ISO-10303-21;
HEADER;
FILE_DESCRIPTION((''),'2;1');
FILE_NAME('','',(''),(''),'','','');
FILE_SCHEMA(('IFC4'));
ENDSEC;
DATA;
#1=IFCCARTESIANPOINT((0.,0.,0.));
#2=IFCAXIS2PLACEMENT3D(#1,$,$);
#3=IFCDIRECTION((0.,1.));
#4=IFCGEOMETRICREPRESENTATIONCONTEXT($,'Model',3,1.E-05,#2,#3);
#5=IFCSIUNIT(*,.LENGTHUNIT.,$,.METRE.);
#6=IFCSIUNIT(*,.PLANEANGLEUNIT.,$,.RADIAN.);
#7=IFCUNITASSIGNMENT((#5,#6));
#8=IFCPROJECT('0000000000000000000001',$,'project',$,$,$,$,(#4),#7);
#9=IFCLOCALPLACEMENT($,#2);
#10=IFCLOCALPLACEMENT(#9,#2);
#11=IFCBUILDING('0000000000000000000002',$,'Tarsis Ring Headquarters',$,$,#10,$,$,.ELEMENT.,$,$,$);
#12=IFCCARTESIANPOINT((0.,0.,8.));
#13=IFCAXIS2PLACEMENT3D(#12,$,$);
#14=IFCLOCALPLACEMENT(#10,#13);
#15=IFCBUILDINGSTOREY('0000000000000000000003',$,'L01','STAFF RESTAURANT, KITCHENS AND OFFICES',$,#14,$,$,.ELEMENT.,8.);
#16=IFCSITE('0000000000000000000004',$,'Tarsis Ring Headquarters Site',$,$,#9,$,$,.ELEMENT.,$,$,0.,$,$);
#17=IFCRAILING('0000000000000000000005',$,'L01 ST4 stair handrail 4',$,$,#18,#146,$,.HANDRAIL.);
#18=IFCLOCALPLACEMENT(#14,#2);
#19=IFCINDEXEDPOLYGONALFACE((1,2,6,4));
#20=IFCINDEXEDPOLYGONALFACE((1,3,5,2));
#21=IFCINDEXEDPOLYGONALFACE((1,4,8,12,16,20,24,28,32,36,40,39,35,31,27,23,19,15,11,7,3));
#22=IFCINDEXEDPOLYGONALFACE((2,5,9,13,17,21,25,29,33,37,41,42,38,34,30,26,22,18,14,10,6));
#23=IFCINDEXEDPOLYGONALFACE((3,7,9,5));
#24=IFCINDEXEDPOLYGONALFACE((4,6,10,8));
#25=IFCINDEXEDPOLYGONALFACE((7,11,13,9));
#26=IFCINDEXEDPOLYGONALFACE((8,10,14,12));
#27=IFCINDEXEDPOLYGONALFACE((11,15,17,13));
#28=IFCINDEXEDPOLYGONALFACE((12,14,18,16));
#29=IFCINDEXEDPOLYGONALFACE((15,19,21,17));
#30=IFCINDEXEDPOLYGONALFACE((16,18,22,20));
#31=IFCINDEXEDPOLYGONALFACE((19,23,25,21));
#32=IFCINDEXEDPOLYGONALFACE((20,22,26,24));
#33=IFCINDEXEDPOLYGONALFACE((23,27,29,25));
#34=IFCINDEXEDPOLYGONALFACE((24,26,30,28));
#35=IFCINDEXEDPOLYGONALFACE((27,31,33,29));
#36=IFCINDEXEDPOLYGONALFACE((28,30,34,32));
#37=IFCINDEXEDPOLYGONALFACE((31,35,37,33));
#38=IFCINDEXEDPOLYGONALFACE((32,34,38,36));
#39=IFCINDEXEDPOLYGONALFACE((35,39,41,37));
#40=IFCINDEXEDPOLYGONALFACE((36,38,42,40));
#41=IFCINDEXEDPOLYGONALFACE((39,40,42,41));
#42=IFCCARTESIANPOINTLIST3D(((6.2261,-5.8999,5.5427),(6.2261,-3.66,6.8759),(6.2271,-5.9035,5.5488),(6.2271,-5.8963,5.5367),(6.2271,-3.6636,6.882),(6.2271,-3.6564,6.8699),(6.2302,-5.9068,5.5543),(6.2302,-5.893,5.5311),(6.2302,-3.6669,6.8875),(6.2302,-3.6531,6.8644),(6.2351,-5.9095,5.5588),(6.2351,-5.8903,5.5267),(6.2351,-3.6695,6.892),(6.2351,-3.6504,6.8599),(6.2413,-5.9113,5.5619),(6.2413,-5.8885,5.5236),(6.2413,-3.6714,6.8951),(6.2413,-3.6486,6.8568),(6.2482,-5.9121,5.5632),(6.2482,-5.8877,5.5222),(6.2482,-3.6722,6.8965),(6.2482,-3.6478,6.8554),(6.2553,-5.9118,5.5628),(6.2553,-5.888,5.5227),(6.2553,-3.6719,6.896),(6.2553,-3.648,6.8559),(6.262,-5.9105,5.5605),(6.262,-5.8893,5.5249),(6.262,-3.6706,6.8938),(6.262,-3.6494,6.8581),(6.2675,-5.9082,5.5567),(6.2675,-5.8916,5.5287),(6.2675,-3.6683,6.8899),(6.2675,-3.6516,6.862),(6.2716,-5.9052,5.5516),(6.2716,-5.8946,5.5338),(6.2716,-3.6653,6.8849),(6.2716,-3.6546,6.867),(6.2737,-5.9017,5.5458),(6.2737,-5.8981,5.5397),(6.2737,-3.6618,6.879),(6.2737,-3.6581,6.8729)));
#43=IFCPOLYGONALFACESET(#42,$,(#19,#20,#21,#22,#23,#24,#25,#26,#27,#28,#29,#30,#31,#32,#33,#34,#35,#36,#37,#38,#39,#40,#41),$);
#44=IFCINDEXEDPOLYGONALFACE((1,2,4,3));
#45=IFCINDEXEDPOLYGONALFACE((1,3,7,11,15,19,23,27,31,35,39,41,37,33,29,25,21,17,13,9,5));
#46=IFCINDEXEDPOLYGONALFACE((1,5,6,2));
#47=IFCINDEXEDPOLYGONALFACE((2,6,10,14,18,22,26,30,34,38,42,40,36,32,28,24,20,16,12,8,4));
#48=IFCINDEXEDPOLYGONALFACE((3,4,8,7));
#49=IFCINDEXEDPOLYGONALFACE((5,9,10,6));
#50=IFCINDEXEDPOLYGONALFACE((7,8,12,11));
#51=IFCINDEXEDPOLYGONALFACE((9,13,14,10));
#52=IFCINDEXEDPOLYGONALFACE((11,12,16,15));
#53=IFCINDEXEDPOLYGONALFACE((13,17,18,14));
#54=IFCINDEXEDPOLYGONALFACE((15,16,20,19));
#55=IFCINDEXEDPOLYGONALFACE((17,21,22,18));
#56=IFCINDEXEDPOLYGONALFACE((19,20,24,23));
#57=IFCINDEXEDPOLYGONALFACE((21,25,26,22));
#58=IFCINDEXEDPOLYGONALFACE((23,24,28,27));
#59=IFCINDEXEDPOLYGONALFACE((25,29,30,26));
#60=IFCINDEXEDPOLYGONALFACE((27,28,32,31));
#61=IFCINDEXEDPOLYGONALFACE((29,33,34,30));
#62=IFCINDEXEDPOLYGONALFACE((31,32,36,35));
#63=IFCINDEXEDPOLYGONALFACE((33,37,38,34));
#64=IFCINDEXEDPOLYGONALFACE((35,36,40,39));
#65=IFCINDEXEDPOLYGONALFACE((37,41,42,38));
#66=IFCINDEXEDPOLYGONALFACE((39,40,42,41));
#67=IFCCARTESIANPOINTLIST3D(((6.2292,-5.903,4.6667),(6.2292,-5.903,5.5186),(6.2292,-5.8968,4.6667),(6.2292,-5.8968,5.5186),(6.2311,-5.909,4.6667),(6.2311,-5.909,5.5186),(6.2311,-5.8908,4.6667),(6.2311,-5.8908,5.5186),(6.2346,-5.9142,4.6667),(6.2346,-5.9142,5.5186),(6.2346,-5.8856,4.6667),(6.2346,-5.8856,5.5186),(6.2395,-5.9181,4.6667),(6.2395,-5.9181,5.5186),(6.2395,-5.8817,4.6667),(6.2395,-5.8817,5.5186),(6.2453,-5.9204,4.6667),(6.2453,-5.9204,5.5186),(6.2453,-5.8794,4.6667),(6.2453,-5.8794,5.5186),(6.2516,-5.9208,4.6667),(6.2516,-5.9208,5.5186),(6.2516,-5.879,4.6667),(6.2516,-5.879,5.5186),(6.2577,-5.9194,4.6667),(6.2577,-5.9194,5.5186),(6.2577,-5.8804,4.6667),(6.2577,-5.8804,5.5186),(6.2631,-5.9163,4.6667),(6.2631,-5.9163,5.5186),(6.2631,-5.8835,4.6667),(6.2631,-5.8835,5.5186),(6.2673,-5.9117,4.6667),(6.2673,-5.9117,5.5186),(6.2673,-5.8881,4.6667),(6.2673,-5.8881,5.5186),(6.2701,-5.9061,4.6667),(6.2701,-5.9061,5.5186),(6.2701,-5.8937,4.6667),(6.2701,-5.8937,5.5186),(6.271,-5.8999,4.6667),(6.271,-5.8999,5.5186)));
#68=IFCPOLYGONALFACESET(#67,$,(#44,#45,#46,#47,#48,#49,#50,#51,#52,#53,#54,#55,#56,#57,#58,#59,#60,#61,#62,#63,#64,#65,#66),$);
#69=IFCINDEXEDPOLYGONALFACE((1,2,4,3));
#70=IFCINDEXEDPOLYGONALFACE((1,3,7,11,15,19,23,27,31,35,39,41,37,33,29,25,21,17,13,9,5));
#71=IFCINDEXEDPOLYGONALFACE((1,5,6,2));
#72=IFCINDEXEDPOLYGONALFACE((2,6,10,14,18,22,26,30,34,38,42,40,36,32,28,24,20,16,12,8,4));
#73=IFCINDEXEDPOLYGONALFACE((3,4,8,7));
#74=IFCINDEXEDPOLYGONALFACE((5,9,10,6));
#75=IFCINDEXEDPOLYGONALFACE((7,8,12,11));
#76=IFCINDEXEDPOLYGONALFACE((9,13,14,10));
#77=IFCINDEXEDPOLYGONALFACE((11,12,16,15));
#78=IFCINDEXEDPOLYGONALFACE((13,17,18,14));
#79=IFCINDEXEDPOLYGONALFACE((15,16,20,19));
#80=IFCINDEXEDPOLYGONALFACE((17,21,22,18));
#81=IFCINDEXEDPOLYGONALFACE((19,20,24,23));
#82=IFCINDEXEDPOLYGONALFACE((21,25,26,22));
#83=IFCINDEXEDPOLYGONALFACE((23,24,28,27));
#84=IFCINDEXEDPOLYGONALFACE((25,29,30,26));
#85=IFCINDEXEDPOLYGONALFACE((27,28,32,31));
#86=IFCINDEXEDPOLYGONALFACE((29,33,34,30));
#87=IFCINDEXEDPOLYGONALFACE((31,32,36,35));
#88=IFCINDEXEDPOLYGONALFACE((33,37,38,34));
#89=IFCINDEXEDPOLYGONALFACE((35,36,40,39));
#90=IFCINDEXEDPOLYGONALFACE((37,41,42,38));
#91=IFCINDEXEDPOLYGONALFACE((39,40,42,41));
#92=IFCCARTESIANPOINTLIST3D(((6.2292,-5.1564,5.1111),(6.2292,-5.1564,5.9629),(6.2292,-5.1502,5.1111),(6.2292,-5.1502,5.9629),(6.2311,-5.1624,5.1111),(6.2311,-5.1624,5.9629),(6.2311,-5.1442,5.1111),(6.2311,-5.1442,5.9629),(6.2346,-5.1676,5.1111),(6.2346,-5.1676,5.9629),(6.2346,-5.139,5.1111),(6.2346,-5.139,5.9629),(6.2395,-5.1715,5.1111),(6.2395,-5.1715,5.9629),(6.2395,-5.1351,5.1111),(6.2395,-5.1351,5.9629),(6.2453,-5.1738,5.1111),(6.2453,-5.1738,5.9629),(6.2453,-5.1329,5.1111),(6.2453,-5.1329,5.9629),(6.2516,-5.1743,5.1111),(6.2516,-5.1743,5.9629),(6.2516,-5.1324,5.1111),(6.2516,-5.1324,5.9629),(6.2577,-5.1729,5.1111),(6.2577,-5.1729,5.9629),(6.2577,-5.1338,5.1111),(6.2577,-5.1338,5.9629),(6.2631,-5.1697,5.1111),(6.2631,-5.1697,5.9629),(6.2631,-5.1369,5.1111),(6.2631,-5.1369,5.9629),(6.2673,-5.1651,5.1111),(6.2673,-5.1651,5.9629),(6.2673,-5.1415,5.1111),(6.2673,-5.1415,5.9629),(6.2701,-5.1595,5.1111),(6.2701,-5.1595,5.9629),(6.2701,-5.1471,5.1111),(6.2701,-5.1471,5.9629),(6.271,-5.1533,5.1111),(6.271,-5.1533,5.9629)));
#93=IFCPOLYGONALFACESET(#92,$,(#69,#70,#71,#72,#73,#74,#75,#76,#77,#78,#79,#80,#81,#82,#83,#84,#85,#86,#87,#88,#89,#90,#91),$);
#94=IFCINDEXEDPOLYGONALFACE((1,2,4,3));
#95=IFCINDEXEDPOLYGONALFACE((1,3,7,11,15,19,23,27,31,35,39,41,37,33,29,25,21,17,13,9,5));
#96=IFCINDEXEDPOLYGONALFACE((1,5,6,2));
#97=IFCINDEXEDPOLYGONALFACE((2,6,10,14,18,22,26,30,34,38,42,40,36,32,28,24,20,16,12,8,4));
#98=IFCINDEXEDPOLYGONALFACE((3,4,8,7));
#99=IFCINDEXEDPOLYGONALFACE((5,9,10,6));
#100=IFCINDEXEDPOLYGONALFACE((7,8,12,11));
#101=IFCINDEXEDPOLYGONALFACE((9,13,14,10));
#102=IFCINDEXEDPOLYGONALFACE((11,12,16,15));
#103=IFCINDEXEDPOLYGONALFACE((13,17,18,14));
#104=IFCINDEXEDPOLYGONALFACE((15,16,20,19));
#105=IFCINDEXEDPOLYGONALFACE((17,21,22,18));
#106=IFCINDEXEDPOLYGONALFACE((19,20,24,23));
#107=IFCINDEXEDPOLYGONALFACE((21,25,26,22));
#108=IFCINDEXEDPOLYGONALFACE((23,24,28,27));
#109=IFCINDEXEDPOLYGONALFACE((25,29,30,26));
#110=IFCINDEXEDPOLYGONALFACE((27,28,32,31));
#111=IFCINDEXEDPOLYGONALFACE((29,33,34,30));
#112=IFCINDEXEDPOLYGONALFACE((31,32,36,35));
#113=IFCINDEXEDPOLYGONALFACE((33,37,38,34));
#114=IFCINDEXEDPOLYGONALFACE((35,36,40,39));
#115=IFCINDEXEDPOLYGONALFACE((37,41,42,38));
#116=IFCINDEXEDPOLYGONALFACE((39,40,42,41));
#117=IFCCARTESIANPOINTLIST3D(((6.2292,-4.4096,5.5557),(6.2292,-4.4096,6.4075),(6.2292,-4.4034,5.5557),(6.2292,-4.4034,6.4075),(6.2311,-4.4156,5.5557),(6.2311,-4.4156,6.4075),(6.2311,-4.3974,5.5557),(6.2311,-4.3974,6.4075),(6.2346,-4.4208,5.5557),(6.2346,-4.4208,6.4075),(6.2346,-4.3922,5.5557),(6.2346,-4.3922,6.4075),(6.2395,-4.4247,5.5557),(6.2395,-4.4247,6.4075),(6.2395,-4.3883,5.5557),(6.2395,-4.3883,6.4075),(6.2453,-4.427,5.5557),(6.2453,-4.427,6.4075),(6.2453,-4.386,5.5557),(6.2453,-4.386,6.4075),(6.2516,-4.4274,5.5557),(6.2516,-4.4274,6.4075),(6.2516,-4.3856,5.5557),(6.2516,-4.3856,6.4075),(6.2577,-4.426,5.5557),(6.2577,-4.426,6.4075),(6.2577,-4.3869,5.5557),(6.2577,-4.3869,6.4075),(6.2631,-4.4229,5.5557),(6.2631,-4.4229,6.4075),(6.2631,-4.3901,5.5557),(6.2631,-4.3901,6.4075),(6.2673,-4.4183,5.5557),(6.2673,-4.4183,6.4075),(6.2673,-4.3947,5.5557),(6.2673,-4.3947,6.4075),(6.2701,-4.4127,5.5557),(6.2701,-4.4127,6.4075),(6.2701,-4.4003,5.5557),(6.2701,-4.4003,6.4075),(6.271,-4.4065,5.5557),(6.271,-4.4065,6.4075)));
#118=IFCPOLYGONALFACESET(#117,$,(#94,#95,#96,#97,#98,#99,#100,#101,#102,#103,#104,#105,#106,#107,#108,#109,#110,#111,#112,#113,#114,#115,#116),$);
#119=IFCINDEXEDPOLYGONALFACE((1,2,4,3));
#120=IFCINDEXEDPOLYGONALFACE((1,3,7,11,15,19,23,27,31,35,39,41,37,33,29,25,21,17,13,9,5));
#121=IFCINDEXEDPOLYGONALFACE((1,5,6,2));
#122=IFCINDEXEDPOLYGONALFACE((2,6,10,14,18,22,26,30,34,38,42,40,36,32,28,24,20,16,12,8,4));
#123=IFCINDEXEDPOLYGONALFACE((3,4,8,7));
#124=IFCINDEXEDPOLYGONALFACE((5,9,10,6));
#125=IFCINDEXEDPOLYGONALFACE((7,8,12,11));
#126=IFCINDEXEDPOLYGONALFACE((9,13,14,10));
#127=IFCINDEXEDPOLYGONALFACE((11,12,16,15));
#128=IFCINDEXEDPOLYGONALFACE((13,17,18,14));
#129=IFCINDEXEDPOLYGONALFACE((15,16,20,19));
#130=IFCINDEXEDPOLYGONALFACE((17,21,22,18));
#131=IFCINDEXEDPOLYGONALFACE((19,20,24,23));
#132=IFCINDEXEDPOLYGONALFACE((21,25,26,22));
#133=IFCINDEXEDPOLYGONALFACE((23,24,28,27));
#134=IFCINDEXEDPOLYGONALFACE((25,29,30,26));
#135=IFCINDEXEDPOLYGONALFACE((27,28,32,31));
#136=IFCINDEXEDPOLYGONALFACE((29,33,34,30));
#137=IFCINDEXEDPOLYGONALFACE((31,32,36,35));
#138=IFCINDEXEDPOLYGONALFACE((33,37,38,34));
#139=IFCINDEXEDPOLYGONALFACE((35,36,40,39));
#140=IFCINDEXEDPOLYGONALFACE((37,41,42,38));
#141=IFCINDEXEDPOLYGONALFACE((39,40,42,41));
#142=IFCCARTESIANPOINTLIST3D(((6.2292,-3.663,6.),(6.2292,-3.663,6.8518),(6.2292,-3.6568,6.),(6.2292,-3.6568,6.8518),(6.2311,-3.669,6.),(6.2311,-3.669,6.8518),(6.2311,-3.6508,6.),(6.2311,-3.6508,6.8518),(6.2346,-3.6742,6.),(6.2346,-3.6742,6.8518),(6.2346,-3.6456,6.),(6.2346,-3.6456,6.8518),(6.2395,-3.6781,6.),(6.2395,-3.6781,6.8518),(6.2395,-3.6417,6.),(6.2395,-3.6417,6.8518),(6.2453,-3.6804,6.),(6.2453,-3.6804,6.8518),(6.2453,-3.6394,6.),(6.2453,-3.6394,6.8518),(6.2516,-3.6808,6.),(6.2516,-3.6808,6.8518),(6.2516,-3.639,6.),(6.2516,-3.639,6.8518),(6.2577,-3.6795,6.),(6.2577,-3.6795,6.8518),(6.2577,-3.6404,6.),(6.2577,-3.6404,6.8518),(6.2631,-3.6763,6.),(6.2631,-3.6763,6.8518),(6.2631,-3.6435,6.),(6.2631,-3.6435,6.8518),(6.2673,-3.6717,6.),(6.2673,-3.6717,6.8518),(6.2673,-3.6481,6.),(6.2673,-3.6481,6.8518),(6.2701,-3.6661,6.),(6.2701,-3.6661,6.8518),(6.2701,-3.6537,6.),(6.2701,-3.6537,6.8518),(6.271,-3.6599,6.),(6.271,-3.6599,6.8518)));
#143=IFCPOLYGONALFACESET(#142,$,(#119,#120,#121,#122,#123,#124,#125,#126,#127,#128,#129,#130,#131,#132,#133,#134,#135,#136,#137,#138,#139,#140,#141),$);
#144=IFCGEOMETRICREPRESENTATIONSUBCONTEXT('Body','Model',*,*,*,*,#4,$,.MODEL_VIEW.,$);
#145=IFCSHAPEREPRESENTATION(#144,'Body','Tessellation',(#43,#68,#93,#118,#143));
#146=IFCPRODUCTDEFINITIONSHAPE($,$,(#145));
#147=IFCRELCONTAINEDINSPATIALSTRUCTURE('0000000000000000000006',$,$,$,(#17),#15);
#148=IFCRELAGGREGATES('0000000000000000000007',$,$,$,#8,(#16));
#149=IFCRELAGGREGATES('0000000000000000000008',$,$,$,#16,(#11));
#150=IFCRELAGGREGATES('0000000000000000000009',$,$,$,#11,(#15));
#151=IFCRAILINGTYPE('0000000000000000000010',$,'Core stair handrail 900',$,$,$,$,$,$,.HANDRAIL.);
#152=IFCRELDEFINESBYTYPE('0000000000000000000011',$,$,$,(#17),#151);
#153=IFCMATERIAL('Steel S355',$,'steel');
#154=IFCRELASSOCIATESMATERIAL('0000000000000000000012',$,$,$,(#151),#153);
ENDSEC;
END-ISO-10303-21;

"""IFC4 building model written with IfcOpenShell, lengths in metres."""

from ifc_helpers import new_model, si_unit, direction, frame, origin, origin_2d, place, context, subcontext, project, spatial, circle, extrude, material, type_object, element, save


model = new_model("IFC4")

# Units and contexts
model_context = context("Model", 3, precision=1e-05, world=origin(), true_north=direction((0.0, 1.0)))
body_context = subcontext(model_context, "Body", "Model", "MODEL_VIEW")
ifc_project = project(units=[si_unit("LENGTHUNIT", "METRE"), si_unit("PLANEANGLEUNIT", "RADIAN")], contexts=[model_context])

# Site, building, storey
site_placement = place(None, origin())
site = spatial("IfcSite", under=ifc_project, at=site_placement, Name="Tarsis Ring Headquarters Site", CompositionType="ELEMENT", RefElevation=0.0)
building_placement = place(site_placement, origin())
building = spatial("IfcBuilding", under=site, at=building_placement, Name="Tarsis Ring Headquarters", CompositionType="ELEMENT")
storey_placement = place(building_placement, frame((0.0, 0.0, 8.0)))
storey = spatial("IfcBuildingStorey", under=building, at=storey_placement, Name="L01", Description="STAFF RESTAURANT, KITCHENS AND OFFICES", CompositionType="ELEMENT", Elevation=8.0)

# Railing
ifc_material_1 = material(Name="Steel S355", Category="steel")
railing_type_1 = type_object("IfcRailingType", Name="Core stair handrail 900", PredefinedType="HANDRAIL", material=ifc_material_1)
for number, where, name in (
    (1, (6.25, -5.8999, 4.6667), "L01 ST4 stair handrail 4"),
):
    element("IfcRailing", number, at=place(storey_placement, frame(where)), inside=storey, type_object=railing_type_1, Name=name, PredefinedType="HANDRAIL", context=body_context, shape_type="SweptSolid", body=[
        extrude(circle(Radius=0.0239, at=origin_2d()), frame((0.0, 0.0, 0.876), z_axis=(0.0, 0.859306, 0.511462), x_axis=(-1.0, 0.0, 0.0)), (0.0, 0.0, 1.0), 2.6067),
        extrude(circle(Radius=0.021, at=origin_2d()), origin(), (0.0, 0.0, 1.0), 0.8518),
        extrude(circle(Radius=0.021, at=origin_2d()), frame((0.0, 0.7466, 0.4443)), (0.0, 0.0, 1.0), 0.8518),
        extrude(circle(Radius=0.021, at=origin_2d()), frame((0.0, 1.4934, 0.8889)), (0.0, 0.0, 1.0), 0.8518),
        extrude(circle(Radius=0.021, at=origin_2d()), frame((0.0, 2.24, 1.3333)), (0.0, 0.0, 1.0), 0.8518),
    ])

save(model, "model.ifc")
